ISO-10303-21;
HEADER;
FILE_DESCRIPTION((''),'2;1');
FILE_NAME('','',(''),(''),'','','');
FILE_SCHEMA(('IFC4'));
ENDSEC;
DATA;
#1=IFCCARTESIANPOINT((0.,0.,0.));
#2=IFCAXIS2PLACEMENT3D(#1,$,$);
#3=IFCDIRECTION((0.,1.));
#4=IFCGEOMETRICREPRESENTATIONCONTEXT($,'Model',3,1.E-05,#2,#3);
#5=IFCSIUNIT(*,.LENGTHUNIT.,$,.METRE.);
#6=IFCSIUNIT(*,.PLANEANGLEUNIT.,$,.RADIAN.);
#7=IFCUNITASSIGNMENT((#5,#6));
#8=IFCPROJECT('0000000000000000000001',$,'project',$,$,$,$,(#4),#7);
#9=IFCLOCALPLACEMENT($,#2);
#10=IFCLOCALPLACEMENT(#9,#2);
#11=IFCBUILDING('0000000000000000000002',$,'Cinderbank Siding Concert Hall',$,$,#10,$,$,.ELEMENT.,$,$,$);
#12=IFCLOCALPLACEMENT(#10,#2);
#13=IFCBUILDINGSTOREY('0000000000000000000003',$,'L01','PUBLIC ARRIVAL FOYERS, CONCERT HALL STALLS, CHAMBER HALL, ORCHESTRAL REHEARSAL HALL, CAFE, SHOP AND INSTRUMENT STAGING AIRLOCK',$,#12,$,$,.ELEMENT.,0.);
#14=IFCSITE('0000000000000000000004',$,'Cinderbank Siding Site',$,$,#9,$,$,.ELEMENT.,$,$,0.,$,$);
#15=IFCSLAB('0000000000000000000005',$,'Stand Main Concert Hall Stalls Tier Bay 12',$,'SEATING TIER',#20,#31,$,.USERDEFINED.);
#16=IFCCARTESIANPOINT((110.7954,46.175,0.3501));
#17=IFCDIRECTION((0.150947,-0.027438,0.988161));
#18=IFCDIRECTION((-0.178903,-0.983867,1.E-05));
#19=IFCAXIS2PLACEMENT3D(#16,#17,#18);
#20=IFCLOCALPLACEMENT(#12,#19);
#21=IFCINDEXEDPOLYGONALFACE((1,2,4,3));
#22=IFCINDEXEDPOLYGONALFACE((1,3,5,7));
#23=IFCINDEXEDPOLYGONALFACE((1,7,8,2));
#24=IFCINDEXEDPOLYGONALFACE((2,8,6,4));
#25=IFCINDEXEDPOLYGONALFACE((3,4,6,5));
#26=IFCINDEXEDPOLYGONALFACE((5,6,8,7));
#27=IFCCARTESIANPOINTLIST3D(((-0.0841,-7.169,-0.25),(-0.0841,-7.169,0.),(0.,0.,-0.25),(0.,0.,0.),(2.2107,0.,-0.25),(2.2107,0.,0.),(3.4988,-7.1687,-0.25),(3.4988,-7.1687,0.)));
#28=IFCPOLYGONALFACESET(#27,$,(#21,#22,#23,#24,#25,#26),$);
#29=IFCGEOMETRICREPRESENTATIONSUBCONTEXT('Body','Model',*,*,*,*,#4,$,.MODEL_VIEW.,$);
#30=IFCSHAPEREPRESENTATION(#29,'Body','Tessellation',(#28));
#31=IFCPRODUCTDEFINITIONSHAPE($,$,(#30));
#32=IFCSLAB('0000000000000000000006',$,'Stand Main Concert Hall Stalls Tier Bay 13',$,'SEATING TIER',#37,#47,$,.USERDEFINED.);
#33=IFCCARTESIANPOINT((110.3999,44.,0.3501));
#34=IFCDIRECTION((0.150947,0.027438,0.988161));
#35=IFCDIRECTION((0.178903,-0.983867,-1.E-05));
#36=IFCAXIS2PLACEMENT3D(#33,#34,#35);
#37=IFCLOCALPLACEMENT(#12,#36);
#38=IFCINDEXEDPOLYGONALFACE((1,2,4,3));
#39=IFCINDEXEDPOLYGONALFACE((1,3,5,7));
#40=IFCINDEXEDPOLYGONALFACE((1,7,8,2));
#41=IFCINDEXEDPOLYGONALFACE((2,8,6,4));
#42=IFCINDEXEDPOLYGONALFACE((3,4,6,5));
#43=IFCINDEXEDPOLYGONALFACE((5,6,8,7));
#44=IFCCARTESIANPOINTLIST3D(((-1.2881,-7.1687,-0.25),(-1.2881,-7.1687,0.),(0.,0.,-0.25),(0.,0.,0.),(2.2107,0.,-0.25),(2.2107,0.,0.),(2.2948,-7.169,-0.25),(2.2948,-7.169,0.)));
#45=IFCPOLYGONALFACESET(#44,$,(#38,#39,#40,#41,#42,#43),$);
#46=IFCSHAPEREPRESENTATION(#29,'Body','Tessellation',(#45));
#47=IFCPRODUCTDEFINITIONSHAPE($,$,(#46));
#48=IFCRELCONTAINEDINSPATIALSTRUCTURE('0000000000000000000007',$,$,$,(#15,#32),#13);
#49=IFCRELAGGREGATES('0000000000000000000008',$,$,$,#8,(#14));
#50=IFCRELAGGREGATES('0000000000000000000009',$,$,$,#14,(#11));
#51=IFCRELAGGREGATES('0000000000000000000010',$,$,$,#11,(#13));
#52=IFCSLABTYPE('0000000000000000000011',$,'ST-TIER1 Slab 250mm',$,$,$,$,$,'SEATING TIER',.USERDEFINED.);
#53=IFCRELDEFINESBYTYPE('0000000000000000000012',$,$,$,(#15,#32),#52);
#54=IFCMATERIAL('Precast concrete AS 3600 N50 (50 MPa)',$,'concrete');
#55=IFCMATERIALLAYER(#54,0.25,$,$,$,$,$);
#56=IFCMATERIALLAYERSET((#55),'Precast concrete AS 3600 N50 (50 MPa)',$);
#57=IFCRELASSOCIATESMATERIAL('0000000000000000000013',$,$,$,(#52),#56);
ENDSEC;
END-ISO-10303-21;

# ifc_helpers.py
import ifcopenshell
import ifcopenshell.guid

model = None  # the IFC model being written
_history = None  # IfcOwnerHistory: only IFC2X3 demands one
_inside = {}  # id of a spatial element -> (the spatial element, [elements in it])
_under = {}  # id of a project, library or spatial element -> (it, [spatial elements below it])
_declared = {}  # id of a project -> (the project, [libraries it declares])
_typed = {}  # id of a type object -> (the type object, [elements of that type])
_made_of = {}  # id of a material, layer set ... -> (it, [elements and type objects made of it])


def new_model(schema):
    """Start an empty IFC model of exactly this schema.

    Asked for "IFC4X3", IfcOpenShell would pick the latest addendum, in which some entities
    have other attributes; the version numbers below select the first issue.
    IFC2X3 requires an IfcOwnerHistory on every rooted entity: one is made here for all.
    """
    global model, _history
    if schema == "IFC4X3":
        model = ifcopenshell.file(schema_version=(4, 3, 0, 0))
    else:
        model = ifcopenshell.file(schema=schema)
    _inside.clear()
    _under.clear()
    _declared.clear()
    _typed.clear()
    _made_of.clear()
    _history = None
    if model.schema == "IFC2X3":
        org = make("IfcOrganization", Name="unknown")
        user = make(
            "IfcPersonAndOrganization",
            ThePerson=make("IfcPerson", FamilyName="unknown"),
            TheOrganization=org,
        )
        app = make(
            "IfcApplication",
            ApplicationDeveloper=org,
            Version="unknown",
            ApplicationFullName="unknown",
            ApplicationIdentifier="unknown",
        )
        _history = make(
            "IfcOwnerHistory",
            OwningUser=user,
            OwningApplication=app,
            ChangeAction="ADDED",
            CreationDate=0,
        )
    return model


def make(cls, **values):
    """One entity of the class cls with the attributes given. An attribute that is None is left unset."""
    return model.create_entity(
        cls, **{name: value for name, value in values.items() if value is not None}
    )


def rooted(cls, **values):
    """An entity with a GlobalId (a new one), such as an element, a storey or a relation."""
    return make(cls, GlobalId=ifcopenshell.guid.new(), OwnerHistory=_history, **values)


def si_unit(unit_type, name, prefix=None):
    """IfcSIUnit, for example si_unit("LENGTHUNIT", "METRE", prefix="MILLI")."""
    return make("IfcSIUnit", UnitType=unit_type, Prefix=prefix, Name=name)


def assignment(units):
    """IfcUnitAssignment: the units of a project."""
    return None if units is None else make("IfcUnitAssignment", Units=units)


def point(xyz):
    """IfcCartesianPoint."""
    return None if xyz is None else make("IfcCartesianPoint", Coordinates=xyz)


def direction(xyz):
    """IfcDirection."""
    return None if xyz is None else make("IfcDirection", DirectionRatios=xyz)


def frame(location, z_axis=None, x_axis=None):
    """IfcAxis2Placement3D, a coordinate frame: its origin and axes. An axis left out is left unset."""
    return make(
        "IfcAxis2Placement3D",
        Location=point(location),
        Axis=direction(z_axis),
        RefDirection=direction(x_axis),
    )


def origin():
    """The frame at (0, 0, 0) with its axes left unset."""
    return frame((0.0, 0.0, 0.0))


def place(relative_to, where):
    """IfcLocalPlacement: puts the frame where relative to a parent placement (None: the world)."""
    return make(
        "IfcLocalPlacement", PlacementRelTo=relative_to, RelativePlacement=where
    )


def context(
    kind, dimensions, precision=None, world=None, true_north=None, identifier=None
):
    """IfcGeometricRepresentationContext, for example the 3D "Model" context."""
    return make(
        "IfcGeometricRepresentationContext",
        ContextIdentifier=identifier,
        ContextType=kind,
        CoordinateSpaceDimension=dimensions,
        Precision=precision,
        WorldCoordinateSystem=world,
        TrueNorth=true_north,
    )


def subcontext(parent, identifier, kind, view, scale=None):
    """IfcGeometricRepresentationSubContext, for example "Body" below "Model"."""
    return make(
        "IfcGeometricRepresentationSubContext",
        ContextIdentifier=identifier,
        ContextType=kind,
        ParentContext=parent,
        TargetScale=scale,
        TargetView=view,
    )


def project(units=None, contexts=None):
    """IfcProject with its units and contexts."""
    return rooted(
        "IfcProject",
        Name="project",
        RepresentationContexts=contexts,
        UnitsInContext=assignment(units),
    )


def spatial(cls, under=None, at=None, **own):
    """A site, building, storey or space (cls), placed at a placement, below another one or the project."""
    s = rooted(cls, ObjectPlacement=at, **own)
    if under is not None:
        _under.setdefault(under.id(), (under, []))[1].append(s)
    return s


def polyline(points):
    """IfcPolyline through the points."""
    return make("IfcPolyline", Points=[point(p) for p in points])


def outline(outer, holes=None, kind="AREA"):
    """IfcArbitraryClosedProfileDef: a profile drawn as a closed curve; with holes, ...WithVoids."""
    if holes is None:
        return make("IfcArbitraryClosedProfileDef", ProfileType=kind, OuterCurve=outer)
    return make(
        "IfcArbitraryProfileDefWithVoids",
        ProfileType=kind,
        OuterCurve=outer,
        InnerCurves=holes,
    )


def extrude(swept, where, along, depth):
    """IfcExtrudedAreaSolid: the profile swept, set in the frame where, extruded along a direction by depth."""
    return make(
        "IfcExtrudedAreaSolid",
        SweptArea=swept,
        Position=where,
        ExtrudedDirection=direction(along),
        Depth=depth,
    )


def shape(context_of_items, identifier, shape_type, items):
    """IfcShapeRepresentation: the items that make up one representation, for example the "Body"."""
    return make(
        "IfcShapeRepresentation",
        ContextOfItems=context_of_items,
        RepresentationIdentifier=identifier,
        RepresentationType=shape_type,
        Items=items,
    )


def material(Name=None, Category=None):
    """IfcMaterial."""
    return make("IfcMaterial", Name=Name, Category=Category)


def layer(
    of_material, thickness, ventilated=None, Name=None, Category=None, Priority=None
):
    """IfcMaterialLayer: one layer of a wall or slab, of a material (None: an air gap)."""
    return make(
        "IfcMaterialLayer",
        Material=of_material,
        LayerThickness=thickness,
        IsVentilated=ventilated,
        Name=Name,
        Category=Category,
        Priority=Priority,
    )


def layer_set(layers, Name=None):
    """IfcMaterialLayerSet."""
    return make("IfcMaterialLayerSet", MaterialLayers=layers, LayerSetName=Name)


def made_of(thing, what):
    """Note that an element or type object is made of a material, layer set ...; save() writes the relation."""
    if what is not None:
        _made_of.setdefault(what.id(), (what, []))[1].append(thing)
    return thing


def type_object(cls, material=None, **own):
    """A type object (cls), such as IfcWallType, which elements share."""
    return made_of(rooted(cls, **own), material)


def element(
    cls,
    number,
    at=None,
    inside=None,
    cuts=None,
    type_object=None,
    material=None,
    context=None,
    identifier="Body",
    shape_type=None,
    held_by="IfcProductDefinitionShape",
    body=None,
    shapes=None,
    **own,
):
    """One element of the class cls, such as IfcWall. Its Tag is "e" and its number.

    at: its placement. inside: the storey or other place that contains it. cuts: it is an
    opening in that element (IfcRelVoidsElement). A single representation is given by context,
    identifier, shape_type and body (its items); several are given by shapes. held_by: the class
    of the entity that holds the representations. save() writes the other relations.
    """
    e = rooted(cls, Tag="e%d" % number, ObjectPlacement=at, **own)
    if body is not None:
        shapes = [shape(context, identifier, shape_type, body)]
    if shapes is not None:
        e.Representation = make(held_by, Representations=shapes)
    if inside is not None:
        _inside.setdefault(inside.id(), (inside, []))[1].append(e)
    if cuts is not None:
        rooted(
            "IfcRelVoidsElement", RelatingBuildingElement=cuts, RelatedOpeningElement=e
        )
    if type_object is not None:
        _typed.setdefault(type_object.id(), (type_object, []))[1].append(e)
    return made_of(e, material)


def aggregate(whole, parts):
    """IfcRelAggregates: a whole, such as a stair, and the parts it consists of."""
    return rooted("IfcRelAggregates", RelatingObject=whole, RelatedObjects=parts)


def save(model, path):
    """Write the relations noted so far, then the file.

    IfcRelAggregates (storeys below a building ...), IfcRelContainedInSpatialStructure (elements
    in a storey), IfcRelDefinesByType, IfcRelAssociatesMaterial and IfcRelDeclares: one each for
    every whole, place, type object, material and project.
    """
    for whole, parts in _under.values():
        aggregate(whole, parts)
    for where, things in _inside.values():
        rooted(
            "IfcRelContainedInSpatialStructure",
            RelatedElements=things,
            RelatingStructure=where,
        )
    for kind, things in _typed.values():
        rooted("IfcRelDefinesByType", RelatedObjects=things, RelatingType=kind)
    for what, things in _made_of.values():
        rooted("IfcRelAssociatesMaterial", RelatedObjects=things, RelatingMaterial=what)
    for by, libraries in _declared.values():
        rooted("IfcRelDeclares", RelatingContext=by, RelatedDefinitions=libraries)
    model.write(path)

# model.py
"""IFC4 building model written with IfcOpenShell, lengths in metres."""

from ifc_helpers import new_model, si_unit, direction, frame, origin, place, context, subcontext, project, spatial, polyline, outline, extrude, material, layer, layer_set, type_object, element, save


model = new_model("IFC4")

# Units and contexts
model_context = context("Model", 3, precision=1e-05, world=origin(), true_north=direction((0.0, 1.0)))
body_context = subcontext(model_context, "Body", "Model", "MODEL_VIEW")
ifc_project = project(units=[si_unit("LENGTHUNIT", "METRE"), si_unit("PLANEANGLEUNIT", "RADIAN")], contexts=[model_context])

# Site, building, storey
site_placement = place(None, origin())
site = spatial("IfcSite", under=ifc_project, at=site_placement, Name="Cinderbank Siding Site", CompositionType="ELEMENT", RefElevation=0.0)
building_placement = place(site_placement, origin())
building = spatial("IfcBuilding", under=site, at=building_placement, Name="Cinderbank Siding Concert Hall", CompositionType="ELEMENT")
storey_placement = place(building_placement, origin())
storey = spatial("IfcBuildingStorey", under=building, at=storey_placement, Name="L01", Description="PUBLIC ARRIVAL FOYERS, CONCERT HALL STALLS, CHAMBER HALL, ORCHESTRAL REHEARSAL HALL, CAFE, SHOP AND INSTRUMENT STAGING AIRLOCK", CompositionType="ELEMENT", Elevation=0.0)

# Slabs
ifc_material_1 = material(Name="Precast concrete AS 3600 N50 (50 MPa)", Category="concrete")
ifc_layer_1 = layer(ifc_material_1, 0.25)
ifc_layer_set_1 = layer_set([ifc_layer_1], Name="Precast concrete AS 3600 N50 (50 MPa)")
slab_type = type_object("IfcSlabType", Name="ST-TIER1 Slab 250mm", ElementType="SEATING TIER", PredefinedType="USERDEFINED", material=ifc_layer_set_1)
slab_1_placement = place(storey_placement, frame((110.7954, 46.175, 0.3501), z_axis=(0.150947, -0.027438, 0.988161), x_axis=(-0.178903, -0.983867, 0.00001)))
element("IfcSlab", 1, at=slab_1_placement, inside=storey, type_object=slab_type, Name="Stand Main Concert Hall Stalls Tier Bay 12", ObjectType="SEATING TIER", PredefinedType="USERDEFINED", context=body_context, shape_type="SweptSolid", body=[
    extrude(outline(polyline([(0.0, 0.0), (2.2107, 0.0), (3.4988, -7.1687), (-0.0841, -7.169), (0.0, 0.0)])), origin(), (0.0, 0.0, -1.0), 0.25),
])
slab_2_placement = place(storey_placement, frame((110.3999, 44.0, 0.3501), z_axis=(0.150947, 0.027438, 0.988161), x_axis=(0.178903, -0.983867, -0.00001)))
element("IfcSlab", 2, at=slab_2_placement, inside=storey, type_object=slab_type, Name="Stand Main Concert Hall Stalls Tier Bay 13", ObjectType="SEATING TIER", PredefinedType="USERDEFINED", context=body_context, shape_type="SweptSolid", body=[
    extrude(outline(polyline([(0.0, 0.0), (2.2107, 0.0), (2.2948, -7.169), (-1.2881, -7.1687), (0.0, 0.0)])), origin(), (0.0, 0.0, -1.0), 0.25),
])

save(model, "model.ifc")
